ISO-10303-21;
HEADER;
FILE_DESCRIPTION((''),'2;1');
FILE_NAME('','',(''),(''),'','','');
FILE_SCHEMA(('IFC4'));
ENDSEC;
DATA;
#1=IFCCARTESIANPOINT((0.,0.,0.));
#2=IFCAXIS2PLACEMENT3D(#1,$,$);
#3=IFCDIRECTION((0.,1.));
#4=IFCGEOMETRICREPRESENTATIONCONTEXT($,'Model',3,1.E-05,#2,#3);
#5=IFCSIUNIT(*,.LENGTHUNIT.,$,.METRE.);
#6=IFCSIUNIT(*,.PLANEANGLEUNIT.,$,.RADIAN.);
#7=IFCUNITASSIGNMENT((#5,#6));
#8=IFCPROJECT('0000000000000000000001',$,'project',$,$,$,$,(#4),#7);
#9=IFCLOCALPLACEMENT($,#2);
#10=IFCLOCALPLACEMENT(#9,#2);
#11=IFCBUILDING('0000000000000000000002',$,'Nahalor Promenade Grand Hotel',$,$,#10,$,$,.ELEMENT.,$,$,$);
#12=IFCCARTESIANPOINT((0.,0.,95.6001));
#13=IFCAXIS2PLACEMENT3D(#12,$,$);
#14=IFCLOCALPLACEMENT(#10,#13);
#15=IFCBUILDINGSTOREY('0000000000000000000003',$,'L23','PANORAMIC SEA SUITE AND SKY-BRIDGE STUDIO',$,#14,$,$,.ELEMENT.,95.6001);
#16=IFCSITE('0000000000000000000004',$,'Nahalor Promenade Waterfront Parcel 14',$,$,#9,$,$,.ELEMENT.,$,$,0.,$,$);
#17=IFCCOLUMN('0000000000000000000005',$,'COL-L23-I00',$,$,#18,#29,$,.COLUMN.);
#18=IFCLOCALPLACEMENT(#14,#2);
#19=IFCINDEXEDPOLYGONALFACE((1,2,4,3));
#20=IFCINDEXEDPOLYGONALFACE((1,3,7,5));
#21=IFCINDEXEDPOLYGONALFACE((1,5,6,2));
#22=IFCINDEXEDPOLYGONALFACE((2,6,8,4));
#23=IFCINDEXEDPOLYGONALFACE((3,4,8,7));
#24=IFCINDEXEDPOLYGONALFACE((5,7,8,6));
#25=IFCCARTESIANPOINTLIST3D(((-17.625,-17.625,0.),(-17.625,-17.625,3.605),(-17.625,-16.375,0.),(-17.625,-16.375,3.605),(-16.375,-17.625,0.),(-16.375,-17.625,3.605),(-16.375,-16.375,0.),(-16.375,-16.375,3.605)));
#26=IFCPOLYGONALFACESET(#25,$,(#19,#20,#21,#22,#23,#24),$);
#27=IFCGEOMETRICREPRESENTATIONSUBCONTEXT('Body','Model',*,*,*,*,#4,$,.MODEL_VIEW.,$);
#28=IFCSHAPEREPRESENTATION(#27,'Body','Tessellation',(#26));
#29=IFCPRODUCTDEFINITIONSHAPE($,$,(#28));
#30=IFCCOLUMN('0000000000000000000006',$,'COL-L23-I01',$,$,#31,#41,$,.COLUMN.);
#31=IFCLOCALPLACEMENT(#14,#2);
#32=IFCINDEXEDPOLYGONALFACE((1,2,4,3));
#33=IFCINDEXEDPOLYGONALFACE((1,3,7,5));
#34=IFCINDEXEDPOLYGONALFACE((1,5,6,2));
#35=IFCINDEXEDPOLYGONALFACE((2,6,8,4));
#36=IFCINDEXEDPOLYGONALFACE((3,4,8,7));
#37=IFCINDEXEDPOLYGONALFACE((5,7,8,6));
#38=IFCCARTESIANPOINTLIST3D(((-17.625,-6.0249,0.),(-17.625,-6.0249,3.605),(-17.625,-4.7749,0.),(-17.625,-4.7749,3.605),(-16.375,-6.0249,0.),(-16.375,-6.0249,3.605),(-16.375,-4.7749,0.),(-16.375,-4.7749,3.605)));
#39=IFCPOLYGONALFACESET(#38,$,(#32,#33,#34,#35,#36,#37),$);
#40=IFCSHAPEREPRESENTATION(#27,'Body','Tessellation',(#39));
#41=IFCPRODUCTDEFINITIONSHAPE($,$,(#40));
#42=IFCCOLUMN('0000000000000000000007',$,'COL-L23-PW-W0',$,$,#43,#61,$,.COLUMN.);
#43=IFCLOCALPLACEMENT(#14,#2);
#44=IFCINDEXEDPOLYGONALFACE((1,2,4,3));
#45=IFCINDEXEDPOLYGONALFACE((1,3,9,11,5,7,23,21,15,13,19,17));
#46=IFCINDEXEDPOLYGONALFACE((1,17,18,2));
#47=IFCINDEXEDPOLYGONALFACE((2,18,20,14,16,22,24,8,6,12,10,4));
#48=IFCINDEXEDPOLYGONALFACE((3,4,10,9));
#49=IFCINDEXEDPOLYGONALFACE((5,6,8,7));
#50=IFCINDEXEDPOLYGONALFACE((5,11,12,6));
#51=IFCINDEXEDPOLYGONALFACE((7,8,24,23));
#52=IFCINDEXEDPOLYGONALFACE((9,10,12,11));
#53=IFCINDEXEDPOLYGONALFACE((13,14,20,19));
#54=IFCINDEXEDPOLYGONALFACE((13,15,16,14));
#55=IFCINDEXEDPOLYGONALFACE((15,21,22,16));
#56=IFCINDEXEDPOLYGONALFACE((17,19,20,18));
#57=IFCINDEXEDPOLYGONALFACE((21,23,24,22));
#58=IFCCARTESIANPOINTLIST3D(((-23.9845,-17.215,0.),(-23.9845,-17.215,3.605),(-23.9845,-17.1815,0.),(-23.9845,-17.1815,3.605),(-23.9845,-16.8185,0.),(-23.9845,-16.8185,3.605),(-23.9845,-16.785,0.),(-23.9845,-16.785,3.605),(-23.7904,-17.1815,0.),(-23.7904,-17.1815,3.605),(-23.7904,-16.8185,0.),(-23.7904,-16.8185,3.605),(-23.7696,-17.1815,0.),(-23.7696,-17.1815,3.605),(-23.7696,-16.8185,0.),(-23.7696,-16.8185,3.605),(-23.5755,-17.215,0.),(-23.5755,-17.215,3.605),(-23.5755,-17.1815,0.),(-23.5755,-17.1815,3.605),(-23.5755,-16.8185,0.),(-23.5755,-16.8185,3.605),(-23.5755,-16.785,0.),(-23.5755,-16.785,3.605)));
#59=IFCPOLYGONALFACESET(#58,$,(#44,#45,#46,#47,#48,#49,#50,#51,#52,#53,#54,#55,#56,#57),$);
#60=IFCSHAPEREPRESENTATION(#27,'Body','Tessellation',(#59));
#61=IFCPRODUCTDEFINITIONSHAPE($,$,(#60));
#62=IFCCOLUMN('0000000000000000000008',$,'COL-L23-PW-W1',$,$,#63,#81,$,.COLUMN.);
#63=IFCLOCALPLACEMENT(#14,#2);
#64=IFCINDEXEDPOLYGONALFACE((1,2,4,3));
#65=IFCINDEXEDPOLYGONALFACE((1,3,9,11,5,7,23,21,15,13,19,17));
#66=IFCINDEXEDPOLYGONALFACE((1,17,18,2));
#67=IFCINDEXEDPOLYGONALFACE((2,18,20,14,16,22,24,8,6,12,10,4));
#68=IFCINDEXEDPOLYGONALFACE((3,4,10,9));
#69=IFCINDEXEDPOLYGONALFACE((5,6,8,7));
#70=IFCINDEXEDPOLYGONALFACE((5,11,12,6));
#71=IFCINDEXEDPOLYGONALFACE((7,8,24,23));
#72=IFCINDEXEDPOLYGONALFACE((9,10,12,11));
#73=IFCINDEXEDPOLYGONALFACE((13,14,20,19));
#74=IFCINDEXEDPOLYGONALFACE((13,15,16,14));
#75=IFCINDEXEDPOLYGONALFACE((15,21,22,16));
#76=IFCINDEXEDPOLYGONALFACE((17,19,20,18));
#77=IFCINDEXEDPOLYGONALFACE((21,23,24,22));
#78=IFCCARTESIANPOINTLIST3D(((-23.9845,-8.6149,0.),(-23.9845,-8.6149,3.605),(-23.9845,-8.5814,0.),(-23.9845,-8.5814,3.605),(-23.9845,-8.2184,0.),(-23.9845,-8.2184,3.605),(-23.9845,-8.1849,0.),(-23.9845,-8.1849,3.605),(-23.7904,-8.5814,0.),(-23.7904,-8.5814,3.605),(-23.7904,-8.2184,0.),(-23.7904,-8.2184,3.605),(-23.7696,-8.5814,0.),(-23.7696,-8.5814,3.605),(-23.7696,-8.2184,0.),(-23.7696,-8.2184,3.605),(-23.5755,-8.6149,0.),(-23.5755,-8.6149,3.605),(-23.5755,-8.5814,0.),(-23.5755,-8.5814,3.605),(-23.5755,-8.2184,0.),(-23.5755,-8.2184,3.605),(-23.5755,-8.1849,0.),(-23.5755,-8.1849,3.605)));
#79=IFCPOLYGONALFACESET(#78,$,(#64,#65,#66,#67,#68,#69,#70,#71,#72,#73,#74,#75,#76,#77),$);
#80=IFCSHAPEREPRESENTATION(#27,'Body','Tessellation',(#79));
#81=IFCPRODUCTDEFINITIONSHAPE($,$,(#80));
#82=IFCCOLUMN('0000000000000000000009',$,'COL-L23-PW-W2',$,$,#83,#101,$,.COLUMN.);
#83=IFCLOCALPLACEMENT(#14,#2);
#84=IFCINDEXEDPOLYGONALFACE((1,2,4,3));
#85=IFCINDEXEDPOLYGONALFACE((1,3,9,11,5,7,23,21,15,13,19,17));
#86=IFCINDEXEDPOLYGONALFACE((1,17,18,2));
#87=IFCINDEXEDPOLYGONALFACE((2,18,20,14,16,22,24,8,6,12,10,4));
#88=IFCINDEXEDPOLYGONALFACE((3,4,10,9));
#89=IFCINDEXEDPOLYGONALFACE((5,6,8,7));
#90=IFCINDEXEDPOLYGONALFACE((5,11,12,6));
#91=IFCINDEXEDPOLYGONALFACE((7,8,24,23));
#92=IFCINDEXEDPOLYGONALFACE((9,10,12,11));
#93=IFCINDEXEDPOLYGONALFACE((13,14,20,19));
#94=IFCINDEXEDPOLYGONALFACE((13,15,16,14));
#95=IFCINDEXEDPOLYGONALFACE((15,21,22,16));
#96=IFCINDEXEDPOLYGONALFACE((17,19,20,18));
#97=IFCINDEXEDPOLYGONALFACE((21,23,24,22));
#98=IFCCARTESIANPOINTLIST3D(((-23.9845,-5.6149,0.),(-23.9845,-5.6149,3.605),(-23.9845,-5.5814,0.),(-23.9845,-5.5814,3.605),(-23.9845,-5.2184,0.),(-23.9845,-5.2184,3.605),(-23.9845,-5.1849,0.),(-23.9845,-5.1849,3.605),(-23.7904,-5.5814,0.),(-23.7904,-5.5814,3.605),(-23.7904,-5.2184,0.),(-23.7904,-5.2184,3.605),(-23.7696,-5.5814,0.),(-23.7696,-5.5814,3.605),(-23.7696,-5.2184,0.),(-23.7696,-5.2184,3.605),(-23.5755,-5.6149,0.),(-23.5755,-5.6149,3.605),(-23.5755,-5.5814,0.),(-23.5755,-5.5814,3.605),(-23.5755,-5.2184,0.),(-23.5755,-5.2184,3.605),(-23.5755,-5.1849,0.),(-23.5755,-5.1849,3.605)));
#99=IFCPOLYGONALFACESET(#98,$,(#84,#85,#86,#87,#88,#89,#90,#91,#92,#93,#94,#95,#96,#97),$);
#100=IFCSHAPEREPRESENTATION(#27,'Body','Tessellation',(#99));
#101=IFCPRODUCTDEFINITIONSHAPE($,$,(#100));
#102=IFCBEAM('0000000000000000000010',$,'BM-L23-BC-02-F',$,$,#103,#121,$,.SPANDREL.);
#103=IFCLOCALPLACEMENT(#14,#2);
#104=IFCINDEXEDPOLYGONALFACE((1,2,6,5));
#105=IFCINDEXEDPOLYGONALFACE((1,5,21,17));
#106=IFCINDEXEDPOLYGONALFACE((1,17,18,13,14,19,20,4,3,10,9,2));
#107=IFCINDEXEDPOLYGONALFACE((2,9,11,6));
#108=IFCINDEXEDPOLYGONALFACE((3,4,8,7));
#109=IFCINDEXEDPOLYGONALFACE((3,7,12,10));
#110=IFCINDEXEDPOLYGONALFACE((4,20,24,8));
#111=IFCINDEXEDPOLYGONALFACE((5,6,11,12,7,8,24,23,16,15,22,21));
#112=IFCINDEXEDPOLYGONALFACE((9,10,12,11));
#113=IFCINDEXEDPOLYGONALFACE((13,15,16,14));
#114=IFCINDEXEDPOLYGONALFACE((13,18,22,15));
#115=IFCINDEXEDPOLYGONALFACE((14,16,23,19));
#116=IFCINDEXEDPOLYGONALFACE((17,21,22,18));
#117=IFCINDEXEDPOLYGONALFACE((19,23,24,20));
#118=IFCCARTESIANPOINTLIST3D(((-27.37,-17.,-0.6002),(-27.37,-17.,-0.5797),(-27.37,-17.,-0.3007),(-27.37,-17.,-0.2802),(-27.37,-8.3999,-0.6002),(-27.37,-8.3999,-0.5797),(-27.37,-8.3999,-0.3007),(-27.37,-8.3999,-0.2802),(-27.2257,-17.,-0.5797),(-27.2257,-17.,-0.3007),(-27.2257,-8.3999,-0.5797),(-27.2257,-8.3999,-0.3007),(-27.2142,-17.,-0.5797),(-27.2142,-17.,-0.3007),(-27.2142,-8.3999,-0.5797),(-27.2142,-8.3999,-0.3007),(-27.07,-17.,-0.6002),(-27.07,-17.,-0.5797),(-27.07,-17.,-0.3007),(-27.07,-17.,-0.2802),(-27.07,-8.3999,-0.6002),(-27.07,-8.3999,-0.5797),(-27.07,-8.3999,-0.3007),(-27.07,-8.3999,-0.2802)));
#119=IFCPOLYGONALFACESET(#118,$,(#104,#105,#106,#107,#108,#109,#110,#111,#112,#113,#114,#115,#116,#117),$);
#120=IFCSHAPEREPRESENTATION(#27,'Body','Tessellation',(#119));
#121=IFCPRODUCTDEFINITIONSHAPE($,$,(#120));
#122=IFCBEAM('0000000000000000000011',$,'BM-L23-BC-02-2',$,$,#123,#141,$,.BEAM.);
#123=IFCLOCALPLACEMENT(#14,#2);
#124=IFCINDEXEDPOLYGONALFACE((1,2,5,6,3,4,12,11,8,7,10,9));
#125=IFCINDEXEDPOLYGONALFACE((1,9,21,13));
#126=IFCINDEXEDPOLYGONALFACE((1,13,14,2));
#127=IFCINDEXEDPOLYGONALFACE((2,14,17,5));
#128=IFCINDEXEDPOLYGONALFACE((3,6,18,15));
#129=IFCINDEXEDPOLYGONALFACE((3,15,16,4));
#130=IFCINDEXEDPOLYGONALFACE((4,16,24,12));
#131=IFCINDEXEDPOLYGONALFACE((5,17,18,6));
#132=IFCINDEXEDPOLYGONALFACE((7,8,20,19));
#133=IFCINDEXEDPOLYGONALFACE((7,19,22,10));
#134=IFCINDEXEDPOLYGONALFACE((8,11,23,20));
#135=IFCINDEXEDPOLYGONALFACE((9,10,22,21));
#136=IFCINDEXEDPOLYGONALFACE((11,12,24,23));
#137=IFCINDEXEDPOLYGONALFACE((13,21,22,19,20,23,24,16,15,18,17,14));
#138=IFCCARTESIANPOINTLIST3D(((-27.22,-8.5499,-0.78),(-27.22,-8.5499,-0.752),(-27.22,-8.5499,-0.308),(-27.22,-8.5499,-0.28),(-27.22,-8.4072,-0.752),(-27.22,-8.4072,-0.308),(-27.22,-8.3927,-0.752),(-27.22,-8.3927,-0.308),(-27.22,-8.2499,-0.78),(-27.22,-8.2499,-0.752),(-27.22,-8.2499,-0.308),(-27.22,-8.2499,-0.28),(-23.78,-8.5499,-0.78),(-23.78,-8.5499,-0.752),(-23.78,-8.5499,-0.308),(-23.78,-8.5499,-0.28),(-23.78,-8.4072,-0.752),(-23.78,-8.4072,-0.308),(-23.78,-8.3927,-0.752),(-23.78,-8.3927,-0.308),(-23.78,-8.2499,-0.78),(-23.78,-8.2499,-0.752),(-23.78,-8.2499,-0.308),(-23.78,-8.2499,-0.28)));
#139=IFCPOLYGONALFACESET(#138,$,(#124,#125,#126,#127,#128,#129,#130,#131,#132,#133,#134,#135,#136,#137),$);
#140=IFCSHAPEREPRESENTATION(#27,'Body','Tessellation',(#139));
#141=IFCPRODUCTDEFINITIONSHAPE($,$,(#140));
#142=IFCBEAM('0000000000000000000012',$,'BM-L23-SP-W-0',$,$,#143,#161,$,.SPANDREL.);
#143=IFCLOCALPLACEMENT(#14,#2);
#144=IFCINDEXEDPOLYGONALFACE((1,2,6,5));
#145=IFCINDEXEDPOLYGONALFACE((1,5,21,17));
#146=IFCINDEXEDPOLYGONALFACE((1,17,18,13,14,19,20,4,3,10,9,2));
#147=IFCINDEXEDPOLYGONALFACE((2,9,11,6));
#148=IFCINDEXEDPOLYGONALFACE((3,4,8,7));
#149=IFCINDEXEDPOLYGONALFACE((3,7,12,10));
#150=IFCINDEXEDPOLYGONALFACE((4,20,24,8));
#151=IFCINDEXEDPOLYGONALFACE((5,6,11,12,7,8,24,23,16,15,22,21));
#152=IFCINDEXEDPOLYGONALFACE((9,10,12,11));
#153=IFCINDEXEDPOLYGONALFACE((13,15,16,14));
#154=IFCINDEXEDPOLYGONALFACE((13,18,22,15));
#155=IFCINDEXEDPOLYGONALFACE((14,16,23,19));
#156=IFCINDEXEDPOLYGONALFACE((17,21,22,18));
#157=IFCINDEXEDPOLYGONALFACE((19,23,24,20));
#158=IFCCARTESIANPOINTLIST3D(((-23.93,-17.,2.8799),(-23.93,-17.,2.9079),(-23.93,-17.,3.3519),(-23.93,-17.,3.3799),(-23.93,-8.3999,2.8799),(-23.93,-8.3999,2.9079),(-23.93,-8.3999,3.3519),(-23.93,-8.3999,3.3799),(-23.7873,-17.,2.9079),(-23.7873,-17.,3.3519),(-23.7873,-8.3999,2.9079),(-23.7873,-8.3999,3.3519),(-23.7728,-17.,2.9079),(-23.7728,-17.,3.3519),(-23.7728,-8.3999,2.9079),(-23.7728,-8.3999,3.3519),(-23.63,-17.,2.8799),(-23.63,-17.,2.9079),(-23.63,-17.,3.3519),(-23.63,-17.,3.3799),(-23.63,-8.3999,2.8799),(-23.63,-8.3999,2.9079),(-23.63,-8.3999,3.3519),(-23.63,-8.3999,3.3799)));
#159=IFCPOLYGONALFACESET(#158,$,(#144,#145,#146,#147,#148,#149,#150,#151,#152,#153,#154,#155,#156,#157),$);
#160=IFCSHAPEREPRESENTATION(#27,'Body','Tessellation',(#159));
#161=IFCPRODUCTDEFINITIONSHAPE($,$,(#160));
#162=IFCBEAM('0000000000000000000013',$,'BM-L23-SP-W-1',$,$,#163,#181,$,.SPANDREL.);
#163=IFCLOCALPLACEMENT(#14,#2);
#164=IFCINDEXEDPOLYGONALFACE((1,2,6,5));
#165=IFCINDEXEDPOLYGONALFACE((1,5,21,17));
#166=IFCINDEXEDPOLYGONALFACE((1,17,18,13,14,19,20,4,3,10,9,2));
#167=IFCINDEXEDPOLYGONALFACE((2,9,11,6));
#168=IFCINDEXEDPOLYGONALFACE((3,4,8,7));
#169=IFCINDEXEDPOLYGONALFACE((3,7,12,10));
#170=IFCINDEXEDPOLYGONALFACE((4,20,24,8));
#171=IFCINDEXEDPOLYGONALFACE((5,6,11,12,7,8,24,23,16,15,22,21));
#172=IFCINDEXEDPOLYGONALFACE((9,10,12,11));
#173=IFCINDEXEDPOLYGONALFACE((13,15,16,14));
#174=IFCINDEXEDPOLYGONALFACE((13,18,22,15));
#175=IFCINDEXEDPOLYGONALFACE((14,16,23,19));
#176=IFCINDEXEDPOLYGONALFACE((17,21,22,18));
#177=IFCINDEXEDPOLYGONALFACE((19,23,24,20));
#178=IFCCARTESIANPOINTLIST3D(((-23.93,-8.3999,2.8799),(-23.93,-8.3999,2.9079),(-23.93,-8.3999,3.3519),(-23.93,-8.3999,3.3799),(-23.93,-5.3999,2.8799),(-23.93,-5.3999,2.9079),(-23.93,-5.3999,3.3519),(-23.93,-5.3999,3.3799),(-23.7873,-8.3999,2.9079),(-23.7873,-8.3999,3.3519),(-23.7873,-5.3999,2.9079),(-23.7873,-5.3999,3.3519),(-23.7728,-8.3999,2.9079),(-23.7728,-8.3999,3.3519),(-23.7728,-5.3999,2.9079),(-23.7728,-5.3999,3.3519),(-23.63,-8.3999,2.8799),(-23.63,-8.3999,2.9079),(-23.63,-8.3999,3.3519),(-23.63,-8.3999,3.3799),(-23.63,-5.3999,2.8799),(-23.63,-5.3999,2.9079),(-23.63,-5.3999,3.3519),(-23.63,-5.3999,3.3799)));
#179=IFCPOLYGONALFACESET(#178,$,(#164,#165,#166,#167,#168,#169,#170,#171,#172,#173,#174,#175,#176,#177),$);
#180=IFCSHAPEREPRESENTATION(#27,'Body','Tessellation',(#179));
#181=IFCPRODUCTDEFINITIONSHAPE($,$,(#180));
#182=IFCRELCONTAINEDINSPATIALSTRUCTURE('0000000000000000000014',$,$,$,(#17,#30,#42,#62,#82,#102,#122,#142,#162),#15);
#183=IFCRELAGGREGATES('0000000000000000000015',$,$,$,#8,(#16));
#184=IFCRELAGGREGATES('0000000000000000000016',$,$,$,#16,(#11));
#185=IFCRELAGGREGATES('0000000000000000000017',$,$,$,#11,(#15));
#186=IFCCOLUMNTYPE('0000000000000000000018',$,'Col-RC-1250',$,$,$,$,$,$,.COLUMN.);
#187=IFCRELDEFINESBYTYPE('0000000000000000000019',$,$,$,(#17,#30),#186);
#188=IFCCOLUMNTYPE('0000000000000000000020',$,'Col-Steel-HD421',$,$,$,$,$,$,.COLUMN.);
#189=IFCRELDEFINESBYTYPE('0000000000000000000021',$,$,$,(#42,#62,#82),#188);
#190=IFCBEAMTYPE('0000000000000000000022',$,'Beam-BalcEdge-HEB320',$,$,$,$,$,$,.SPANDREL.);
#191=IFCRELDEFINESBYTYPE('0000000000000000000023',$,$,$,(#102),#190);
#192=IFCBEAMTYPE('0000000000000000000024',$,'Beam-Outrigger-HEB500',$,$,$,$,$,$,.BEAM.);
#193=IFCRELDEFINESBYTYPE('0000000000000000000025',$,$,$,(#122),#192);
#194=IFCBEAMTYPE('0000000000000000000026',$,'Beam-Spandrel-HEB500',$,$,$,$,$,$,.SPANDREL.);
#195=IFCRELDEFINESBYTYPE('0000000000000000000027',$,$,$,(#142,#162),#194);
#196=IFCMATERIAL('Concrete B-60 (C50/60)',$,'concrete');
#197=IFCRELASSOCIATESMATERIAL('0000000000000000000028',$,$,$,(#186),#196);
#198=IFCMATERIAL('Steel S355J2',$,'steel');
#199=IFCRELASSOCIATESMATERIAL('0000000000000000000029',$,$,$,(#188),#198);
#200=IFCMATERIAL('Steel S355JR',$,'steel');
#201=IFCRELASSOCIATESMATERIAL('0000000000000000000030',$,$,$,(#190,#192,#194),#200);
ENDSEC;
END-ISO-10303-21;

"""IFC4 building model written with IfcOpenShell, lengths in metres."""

from ifc_helpers import new_model, si_unit, direction, frame, origin, origin_2d, place, context, subcontext, project, spatial, rectangle, i_section, extrude, source, transform, mapped, material, material_profile, profile_set, type_object, element, save


model = new_model("IFC4")

# Units and contexts
model_context = context("Model", 3, precision=1e-05, world=origin(), true_north=direction((0.0, 1.0)))
body_context = subcontext(model_context, "Body", "Model", "MODEL_VIEW")
ifc_project = project(units=[si_unit("LENGTHUNIT", "METRE"), si_unit("PLANEANGLEUNIT", "RADIAN")], contexts=[model_context])

# Site, building, storey
site_placement = place(None, origin())
site = spatial("IfcSite", under=ifc_project, at=site_placement, Name="Nahalor Promenade Waterfront Parcel 14", CompositionType="ELEMENT", RefElevation=0.0)
building_placement = place(site_placement, origin())
building = spatial("IfcBuilding", under=site, at=building_placement, Name="Nahalor Promenade Grand Hotel", CompositionType="ELEMENT")
storey_placement = place(building_placement, frame((0.0, 0.0, 95.6001)))
storey = spatial("IfcBuildingStorey", under=building, at=storey_placement, Name="L23", Description="PANORAMIC SEA SUITE AND SKY-BRIDGE STUDIO", CompositionType="ELEMENT", Elevation=95.6001)

# Columns
ifc_material_1 = material(Name="Concrete B-60 (C50/60)", Category="concrete")
ifc_material_profile_1 = material_profile(ifc_material_1, rectangle(XDim=1.25, YDim=1.25, at=origin_2d()), Name="RC 1250x1250")
ifc_profile_set_1 = profile_set([ifc_material_profile_1], Name="Concrete B-60 (C50/60)")
column_type_1 = type_object("IfcColumnType", Name="Col-RC-1250", PredefinedType="COLUMN", material=ifc_profile_set_1)
shared_shape_1 = source(origin(), body_context, "Body", "SweptSolid", [
    extrude(rectangle(XDim=1.25, YDim=1.25, at=origin_2d()), origin(), (0.0, 0.0, 1.0), 3.605),
])
for number, where, z_axis, x_axis, name in (
    (1, (-17.0, -17.0, 0.0), (0.0, 0.0, 1.0), (1.0, 0.0, 0.0), "COL-L23-I00"),
    (2, (-17.0, -5.3999, 0.0), (0.0, 0.0, 1.0), (1.0, 0.0, 0.0), "COL-L23-I01"),
):
    element("IfcColumn", number, at=place(storey_placement, frame(where, z_axis=z_axis, x_axis=x_axis)), inside=storey, type_object=column_type_1, Name=name, PredefinedType="COLUMN", context=body_context, shape_type="MappedRepresentation", body=[
        mapped(shared_shape_1, transform((0.0, 0.0, 0.0), scale=1.0)),
    ])
ifc_material_2 = material(Name="Steel S355J2", Category="steel")
ifc_material_profile_2 = material_profile(ifc_material_2, i_section(OverallWidth=0.409, OverallDepth=0.43, WebThickness=0.0208, FlangeThickness=0.0335, at=origin_2d()), Name="HD 400x421")
ifc_profile_set_2 = profile_set([ifc_material_profile_2], Name="Steel S355J2")
column_type_2 = type_object("IfcColumnType", Name="Col-Steel-HD421", PredefinedType="COLUMN", material=ifc_profile_set_2)
shared_shape_2 = source(origin(), body_context, "Body", "SweptSolid", [
    extrude(i_section(OverallWidth=0.409, OverallDepth=0.43, WebThickness=0.0208, FlangeThickness=0.0335, at=origin_2d()), origin(), (0.0, 0.0, 1.0), 3.605),
])
for number, where, z_axis, x_axis, name in (
    (3, (-23.78, -17.0, 0.0), (0.0, 0.0, 1.0), (1.0, 0.0, 0.0), "COL-L23-PW-W0"),
    (4, (-23.78, -8.3999, 0.0), (0.0, 0.0, 1.0), (1.0, 0.0, 0.0), "COL-L23-PW-W1"),
    (5, (-23.78, -5.3999, 0.0), (0.0, 0.0, 1.0), (1.0, 0.0, 0.0), "COL-L23-PW-W2"),
):
    element("IfcColumn", number, at=place(storey_placement, frame(where, z_axis=z_axis, x_axis=x_axis)), inside=storey, type_object=column_type_2, Name=name, PredefinedType="COLUMN", context=body_context, shape_type="MappedRepresentation", body=[
        mapped(shared_shape_2, transform((0.0, 0.0, 0.0), scale=1.0)),
    ])

# Beams
ifc_material_3 = material(Name="Steel S355JR", Category="steel")
ifc_material_profile_3 = material_profile(ifc_material_3, i_section(OverallWidth=0.3, OverallDepth=0.32, WebThickness=0.0115, FlangeThickness=0.0205, at=origin_2d()), Name="HEB 320")
ifc_profile_set_3 = profile_set([ifc_material_profile_3], Name="Steel S355JR")
beam_type_1 = type_object("IfcBeamType", Name="Beam-BalcEdge-HEB320", PredefinedType="SPANDREL", material=ifc_profile_set_3)
shared_shape_3 = source(origin(), body_context, "Body", "SweptSolid", [
    extrude(i_section(OverallWidth=0.3, OverallDepth=0.32, WebThickness=0.0115, FlangeThickness=0.0205, at=origin_2d()), origin(), (0.0, 0.0, 1.0), 8.6001),
])
beam_1_placement = place(storey_placement, frame((-27.22, -17.0, -0.4402), z_axis=(0.0, 1.0, 0.0), x_axis=(-1.0, 0.0, 0.0)))
element("IfcBeam", 6, at=beam_1_placement, inside=storey, type_object=beam_type_1, Name="BM-L23-BC-02-F", PredefinedType="SPANDREL", context=body_context, shape_type="MappedRepresentation", body=[
    mapped(shared_shape_3, transform((0.0, 0.0, 0.0), scale=1.0)),
])
ifc_material_profile_4 = material_profile(ifc_material_3, i_section(OverallWidth=0.3, OverallDepth=0.5, WebThickness=0.0145, FlangeThickness=0.028, at=origin_2d()), Name="HEB 500")
ifc_profile_set_4 = profile_set([ifc_material_profile_4], Name="Steel S355JR")
beam_type_2 = type_object("IfcBeamType", Name="Beam-Outrigger-HEB500", PredefinedType="BEAM", material=ifc_profile_set_4)
shared_shape_4 = source(origin(), body_context, "Body", "SweptSolid", [
    extrude(i_section(OverallWidth=0.3, OverallDepth=0.5, WebThickness=0.0145, FlangeThickness=0.028, at=origin_2d()), origin(), (0.0, 0.0, 1.0), 3.4399),
])
beam_2_placement = place(storey_placement, frame((-27.22, -8.3999, -0.53), z_axis=(1.0, 0.0, 0.0), x_axis=(0.0, 1.0, 0.0)))
element("IfcBeam", 7, at=beam_2_placement, inside=storey, type_object=beam_type_2, Name="BM-L23-BC-02-2", PredefinedType="BEAM", context=body_context, shape_type="MappedRepresentation", body=[
    mapped(shared_shape_4, transform((0.0, 0.0, 0.0), scale=1.0)),
])
ifc_material_profile_5 = material_profile(ifc_material_3, i_section(OverallWidth=0.3, OverallDepth=0.5, WebThickness=0.0145, FlangeThickness=0.028, at=origin_2d()), Name="HEB 500")
ifc_profile_set_5 = profile_set([ifc_material_profile_5], Name="Steel S355JR")
beam_type_3 = type_object("IfcBeamType", Name="Beam-Spandrel-HEB500", PredefinedType="SPANDREL", material=ifc_profile_set_5)
shared_shape_5 = source(origin(), body_context, "Body", "SweptSolid", [
    extrude(i_section(OverallWidth=0.3, OverallDepth=0.5, WebThickness=0.0145, FlangeThickness=0.028, at=origin_2d()), origin(), (0.0, 0.0, 1.0), 8.6001),
])
beam_3_placement = place(storey_placement, frame((-23.78, -17.0, 3.1299), z_axis=(0.0, 1.0, 0.0), x_axis=(-1.0, 0.0, 0.0)))
element("IfcBeam", 8, at=beam_3_placement, inside=storey, type_object=beam_type_3, Name="BM-L23-SP-W-0", PredefinedType="SPANDREL", context=body_context, shape_type="MappedRepresentation", body=[
    mapped(shared_shape_5, transform((0.0, 0.0, 0.0), scale=1.0)),
])
shared_shape_6 = source(origin(), body_context, "Body", "SweptSolid", [
    extrude(i_section(OverallWidth=0.3, OverallDepth=0.5, WebThickness=0.0145, FlangeThickness=0.028, at=origin_2d()), origin(), (0.0, 0.0, 1.0), 3.0),
])
beam_4_placement = place(storey_placement, frame((-23.78, -8.3999, 3.1299), z_axis=(0.0, 1.0, 0.0), x_axis=(-1.0, 0.0, 0.0)))
element("IfcBeam", 9, at=beam_4_placement, inside=storey, type_object=beam_type_3, Name="BM-L23-SP-W-1", PredefinedType="SPANDREL", context=body_context, shape_type="MappedRepresentation", body=[
    mapped(shared_shape_6, transform((0.0, 0.0, 0.0), scale=1.0)),
])

save(model, "model.ifc")
